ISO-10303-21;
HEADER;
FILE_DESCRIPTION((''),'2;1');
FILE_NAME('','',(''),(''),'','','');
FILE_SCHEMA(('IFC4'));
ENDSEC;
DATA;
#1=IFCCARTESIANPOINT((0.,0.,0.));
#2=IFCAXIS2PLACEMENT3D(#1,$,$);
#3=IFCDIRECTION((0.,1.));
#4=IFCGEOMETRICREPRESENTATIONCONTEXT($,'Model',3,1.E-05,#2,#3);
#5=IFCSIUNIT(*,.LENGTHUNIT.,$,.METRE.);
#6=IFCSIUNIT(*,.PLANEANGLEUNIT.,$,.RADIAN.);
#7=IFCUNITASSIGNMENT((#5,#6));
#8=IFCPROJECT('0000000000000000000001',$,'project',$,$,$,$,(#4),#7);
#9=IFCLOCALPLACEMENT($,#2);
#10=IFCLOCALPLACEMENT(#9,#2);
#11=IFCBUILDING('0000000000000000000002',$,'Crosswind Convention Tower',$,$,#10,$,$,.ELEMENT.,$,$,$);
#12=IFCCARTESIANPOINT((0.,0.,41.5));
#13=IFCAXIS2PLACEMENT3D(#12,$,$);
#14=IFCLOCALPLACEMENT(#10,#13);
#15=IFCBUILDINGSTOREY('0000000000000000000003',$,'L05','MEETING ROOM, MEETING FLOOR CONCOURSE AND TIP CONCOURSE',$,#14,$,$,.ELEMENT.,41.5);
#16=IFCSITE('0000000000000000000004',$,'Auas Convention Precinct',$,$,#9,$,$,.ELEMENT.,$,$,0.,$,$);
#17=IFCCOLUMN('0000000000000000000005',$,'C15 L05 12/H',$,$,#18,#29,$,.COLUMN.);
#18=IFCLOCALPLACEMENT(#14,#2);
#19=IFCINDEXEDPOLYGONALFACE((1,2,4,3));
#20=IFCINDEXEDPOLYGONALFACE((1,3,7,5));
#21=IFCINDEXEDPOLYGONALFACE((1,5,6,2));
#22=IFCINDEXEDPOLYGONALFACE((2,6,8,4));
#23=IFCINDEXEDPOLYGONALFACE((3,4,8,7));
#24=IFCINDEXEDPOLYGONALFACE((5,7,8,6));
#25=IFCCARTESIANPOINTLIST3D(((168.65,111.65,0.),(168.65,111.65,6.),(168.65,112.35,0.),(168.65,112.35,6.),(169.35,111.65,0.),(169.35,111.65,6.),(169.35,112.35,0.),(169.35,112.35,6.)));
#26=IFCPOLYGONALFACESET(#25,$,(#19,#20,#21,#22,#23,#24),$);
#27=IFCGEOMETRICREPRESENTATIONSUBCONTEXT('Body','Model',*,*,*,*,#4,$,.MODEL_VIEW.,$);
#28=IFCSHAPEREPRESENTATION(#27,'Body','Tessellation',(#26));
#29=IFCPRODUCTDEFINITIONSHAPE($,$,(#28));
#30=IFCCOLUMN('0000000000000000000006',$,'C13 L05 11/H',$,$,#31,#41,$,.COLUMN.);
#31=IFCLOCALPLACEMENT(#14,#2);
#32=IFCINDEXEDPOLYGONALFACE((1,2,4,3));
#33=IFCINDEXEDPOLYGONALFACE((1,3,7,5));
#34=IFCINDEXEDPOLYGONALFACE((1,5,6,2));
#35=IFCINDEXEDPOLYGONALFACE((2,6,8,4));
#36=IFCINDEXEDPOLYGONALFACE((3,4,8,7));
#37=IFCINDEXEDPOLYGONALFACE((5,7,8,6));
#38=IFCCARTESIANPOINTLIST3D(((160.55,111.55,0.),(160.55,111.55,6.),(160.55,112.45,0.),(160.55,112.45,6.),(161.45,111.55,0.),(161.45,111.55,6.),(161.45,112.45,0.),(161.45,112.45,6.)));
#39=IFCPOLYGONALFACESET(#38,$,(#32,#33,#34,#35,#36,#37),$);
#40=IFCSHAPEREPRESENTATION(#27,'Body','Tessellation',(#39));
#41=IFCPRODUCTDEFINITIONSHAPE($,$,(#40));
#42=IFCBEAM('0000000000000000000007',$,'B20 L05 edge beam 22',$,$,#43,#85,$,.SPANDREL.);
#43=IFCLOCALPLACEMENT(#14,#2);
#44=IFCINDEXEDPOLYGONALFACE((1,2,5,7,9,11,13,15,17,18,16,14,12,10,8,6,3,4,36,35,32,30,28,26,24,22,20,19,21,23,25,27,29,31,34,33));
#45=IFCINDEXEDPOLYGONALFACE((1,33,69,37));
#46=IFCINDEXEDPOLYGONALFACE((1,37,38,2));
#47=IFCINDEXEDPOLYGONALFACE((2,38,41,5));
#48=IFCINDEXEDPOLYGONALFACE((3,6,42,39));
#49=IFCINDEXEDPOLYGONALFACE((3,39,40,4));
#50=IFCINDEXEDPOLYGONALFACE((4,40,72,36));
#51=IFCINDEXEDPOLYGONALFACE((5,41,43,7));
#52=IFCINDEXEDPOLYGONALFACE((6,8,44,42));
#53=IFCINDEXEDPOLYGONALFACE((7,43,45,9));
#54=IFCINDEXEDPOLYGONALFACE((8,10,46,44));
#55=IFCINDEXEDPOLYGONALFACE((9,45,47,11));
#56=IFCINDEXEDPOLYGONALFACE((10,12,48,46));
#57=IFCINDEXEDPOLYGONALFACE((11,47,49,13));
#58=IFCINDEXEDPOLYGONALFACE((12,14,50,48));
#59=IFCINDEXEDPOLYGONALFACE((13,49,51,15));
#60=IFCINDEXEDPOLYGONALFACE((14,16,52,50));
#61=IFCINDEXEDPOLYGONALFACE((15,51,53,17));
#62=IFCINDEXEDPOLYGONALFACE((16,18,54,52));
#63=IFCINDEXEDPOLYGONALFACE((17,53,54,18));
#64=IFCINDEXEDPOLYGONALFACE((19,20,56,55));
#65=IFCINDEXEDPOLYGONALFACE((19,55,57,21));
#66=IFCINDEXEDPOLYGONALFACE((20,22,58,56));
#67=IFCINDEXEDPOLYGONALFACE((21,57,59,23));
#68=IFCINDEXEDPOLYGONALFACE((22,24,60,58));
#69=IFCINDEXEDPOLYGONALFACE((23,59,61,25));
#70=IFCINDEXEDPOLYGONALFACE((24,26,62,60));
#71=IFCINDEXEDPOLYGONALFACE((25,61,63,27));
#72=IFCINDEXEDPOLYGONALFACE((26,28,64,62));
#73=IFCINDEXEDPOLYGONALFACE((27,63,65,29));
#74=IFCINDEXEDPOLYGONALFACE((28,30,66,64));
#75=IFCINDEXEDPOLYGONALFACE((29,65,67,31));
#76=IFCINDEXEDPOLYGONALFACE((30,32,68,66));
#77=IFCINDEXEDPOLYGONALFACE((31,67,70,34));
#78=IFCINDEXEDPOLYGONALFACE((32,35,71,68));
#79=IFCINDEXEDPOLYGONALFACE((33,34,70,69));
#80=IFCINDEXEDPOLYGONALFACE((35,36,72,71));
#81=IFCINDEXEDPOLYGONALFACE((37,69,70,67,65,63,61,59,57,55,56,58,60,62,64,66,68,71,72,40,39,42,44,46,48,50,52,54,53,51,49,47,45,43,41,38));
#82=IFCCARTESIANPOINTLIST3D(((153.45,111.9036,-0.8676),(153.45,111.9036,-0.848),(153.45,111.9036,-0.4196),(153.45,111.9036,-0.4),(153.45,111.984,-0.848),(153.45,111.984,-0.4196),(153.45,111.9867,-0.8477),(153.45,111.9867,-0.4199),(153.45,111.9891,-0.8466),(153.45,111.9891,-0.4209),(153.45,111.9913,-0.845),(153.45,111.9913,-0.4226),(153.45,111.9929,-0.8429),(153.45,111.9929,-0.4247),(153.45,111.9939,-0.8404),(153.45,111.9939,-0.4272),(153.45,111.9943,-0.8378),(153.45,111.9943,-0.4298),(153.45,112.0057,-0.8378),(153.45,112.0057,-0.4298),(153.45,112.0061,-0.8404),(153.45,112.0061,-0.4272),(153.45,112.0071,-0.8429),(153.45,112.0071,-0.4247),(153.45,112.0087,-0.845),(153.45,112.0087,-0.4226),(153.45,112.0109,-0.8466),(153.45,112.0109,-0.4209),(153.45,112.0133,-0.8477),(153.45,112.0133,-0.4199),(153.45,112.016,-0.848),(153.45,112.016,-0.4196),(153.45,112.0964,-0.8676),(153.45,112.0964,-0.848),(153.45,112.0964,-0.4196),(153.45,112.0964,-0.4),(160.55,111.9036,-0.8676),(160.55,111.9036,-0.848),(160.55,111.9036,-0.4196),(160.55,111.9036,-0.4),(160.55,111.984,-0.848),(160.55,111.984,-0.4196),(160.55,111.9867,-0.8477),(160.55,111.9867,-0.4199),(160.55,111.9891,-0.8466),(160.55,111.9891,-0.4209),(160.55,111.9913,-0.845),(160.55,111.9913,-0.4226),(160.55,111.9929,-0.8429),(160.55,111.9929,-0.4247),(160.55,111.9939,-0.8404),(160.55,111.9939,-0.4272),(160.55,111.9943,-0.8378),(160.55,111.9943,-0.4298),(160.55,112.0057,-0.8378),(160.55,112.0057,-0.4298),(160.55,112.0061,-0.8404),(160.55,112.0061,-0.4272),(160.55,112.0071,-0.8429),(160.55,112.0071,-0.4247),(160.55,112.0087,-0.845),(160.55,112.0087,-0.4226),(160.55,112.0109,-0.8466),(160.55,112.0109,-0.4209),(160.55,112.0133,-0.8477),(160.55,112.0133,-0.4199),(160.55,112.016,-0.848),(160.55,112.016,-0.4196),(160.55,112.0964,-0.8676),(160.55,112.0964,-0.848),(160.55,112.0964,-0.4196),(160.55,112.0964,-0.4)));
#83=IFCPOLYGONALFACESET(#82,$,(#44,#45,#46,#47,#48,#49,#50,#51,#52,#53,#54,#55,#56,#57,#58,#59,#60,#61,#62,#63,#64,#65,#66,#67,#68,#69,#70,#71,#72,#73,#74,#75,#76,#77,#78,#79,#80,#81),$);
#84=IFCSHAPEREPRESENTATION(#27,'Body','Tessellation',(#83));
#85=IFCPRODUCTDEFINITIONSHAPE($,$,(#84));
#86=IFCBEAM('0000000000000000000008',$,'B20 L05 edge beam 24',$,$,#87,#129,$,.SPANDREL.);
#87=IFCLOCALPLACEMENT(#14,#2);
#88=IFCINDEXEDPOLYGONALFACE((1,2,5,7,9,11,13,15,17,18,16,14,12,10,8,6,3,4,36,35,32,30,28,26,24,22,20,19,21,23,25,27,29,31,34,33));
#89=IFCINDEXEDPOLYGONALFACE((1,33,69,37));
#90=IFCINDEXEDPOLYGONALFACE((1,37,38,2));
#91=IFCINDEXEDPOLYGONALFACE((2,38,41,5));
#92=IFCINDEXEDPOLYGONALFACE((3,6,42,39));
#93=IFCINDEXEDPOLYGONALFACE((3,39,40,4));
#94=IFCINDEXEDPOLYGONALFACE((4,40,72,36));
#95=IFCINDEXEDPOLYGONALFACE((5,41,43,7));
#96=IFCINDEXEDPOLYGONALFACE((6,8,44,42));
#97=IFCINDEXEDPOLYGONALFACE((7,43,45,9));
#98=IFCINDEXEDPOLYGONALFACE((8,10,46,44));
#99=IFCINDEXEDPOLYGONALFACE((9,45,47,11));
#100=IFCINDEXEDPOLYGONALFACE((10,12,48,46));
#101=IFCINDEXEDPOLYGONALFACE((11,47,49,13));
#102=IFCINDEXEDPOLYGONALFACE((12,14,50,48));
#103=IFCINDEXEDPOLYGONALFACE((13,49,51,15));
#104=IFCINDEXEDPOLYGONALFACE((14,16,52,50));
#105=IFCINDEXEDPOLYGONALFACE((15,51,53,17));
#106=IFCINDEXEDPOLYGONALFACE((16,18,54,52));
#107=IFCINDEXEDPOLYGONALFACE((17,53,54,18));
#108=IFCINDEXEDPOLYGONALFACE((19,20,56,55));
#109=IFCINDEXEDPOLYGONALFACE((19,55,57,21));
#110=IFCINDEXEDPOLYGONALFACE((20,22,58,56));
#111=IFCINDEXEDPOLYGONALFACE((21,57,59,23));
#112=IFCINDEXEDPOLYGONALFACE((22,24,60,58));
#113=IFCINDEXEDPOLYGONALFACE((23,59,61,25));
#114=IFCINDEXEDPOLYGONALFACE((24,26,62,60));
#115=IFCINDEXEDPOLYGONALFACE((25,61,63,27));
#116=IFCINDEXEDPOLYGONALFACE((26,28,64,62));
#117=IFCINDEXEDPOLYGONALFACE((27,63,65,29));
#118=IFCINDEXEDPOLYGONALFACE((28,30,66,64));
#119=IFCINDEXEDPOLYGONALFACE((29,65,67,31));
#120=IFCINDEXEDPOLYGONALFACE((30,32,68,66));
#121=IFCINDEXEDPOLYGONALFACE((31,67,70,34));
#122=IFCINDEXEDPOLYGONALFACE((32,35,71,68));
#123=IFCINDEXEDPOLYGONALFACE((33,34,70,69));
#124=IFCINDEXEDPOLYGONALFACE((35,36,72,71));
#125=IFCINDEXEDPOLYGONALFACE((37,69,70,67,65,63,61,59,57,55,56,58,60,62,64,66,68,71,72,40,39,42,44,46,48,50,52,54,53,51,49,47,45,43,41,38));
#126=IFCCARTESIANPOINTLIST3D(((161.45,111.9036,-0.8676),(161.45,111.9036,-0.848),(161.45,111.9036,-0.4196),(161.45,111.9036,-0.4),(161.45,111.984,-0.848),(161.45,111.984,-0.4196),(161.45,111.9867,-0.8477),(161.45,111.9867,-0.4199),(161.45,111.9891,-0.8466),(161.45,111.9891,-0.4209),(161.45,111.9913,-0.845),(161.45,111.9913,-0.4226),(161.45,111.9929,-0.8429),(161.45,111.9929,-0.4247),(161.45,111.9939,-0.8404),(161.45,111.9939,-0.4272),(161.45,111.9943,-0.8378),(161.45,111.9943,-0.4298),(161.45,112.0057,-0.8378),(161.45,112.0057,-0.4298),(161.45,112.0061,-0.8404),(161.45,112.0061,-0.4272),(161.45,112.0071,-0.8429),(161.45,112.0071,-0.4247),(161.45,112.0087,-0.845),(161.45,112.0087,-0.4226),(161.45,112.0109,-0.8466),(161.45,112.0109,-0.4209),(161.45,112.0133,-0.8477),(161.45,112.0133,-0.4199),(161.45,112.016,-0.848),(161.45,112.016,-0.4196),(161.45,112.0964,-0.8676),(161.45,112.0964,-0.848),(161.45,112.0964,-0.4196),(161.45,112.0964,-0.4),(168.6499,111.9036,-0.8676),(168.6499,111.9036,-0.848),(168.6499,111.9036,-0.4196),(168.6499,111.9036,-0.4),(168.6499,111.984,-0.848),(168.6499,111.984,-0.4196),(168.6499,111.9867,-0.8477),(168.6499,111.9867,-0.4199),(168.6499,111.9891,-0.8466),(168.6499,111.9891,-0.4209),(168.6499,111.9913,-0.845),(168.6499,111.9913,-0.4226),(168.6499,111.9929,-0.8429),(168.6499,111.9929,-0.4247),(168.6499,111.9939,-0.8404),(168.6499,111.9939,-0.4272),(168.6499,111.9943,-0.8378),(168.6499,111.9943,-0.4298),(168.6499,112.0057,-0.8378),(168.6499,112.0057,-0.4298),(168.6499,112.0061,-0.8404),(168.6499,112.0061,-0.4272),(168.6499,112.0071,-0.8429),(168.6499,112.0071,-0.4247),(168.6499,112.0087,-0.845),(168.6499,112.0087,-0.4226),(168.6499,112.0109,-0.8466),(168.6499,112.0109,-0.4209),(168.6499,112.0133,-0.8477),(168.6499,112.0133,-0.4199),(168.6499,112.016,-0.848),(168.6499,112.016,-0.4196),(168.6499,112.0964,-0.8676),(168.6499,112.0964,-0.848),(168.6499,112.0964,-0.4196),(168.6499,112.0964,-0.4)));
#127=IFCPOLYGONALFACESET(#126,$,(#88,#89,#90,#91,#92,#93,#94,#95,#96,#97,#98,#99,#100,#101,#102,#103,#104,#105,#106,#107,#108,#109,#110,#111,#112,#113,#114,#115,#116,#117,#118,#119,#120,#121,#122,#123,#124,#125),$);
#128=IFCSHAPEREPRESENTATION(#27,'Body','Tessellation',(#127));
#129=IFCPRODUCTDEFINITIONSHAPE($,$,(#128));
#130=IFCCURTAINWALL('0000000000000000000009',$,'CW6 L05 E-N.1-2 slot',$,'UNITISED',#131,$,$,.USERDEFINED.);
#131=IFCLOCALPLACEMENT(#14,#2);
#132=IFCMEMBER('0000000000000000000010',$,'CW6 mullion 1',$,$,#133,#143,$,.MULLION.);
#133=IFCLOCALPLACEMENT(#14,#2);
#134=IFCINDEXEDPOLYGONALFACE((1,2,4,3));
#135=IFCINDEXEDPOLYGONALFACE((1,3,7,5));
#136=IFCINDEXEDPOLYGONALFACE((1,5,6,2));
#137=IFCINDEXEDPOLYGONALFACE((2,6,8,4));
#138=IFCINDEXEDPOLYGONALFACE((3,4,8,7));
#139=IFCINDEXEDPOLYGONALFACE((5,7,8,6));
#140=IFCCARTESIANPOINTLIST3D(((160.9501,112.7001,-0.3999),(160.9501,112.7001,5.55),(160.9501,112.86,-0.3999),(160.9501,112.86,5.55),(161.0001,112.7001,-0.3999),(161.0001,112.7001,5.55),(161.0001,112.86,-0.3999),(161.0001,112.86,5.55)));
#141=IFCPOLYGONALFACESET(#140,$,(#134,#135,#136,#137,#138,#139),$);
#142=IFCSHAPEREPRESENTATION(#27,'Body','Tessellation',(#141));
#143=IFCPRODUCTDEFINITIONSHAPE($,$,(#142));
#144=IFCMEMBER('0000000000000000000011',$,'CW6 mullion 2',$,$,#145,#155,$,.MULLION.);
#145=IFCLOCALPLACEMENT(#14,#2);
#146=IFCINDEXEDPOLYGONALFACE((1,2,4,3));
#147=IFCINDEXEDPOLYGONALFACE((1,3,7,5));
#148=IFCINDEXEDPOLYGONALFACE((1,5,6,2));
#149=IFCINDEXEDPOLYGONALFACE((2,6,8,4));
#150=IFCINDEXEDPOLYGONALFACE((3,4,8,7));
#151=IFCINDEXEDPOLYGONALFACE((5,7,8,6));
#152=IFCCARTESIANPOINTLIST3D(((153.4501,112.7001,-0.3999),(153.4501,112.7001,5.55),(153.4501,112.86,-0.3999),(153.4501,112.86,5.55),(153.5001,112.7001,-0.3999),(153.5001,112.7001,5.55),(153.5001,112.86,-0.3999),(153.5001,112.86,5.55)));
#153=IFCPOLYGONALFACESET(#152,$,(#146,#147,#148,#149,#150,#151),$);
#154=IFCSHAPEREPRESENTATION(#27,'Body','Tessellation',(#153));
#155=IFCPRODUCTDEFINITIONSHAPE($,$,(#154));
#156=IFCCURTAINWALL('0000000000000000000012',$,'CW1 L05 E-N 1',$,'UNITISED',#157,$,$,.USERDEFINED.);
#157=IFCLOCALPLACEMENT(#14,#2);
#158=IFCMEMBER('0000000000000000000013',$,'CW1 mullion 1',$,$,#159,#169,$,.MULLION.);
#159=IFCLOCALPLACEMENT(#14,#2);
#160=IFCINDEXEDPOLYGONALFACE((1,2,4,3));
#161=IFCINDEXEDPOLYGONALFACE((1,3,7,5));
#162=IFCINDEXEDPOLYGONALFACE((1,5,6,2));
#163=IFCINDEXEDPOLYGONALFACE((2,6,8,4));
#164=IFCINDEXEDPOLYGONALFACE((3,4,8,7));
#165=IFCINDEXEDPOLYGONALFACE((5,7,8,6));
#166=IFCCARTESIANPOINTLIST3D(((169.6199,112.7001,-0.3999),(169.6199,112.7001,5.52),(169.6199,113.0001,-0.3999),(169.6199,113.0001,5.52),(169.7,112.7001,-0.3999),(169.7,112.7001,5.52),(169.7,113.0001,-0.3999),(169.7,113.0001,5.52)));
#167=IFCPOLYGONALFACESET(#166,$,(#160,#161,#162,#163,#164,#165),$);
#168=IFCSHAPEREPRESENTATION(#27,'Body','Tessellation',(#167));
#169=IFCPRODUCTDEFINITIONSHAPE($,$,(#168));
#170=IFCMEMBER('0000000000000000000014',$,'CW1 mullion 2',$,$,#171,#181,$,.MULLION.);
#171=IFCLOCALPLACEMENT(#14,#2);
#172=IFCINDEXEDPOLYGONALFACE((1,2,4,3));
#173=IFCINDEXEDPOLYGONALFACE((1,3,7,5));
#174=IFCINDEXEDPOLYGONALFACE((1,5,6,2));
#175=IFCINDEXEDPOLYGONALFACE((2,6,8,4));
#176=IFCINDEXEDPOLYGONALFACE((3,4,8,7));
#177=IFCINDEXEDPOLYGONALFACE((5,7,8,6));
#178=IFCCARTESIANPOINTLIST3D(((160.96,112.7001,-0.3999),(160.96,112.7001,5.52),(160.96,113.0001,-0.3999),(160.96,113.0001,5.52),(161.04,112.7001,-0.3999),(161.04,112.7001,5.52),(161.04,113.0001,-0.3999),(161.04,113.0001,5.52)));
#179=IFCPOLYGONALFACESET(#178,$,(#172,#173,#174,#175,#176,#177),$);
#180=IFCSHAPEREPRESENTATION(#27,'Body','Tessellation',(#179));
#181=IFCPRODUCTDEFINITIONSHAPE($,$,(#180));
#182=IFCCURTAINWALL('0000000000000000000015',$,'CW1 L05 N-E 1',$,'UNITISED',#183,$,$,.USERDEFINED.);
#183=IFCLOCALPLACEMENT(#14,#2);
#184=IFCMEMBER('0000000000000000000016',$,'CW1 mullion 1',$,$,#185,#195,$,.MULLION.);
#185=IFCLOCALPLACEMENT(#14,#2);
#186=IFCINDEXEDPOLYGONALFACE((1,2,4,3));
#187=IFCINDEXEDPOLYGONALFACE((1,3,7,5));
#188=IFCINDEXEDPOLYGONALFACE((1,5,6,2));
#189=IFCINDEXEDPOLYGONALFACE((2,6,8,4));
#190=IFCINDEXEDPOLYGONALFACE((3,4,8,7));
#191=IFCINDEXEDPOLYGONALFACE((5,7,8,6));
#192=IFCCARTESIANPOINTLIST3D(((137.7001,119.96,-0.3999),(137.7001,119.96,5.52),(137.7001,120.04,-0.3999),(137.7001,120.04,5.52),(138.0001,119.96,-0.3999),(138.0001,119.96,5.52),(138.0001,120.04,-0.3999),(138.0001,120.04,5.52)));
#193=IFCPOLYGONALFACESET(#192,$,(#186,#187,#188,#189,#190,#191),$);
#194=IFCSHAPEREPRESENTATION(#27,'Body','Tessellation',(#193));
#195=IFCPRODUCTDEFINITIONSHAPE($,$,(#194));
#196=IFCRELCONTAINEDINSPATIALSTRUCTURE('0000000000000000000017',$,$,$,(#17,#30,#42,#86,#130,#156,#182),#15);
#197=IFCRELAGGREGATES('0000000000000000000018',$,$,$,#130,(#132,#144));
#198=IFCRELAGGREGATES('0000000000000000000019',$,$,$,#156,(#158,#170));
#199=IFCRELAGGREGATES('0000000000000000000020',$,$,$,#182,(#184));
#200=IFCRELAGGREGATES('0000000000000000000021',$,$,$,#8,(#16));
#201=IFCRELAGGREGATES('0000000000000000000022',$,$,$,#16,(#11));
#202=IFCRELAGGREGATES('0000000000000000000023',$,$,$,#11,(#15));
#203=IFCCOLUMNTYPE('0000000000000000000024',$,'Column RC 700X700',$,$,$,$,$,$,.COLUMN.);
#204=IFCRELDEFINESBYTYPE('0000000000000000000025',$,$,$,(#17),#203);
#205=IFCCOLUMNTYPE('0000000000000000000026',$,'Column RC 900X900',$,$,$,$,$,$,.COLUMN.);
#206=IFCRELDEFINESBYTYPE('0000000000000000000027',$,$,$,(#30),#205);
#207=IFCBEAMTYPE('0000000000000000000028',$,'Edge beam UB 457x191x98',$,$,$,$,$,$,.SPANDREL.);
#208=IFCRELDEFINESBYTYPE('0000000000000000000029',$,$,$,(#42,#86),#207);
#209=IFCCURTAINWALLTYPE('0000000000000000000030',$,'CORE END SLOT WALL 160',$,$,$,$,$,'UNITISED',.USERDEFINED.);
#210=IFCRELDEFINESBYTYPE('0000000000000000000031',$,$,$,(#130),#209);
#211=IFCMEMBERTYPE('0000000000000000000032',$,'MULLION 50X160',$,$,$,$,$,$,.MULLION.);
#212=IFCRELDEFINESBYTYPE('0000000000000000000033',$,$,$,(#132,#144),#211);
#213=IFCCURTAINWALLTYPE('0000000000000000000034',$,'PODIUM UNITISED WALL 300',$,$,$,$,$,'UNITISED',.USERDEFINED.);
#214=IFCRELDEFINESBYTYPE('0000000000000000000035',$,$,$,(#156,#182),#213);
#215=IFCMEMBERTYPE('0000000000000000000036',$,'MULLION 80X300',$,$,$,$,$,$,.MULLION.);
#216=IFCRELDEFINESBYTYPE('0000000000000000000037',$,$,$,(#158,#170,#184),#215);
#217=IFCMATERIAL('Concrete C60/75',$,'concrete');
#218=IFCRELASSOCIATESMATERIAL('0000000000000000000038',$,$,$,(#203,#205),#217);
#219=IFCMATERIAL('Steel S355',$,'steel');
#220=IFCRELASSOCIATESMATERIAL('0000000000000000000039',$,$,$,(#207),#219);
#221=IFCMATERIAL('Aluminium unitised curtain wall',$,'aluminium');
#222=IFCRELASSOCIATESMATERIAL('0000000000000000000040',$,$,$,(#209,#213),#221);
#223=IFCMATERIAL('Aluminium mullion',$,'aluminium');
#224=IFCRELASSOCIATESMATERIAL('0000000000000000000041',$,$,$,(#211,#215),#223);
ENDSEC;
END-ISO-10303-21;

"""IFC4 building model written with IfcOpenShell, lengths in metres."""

from ifc_helpers import new_model, si_unit, direction, frame, origin, origin_2d, place, context, subcontext, project, spatial, rectangle, i_section, extrude, material, material_profile, profile_set, type_object, element, aggregate, save


model = new_model("IFC4")

# Units and contexts
model_context = context("Model", 3, precision=1e-05, world=origin(), true_north=direction((0.0, 1.0)))
body_context = subcontext(model_context, "Body", "Model", "MODEL_VIEW")
ifc_project = project(units=[si_unit("LENGTHUNIT", "METRE"), si_unit("PLANEANGLEUNIT", "RADIAN")], contexts=[model_context])

# Site, building, storey
site_placement = place(None, origin())
site = spatial("IfcSite", under=ifc_project, at=site_placement, Name="Auas Convention Precinct", CompositionType="ELEMENT", RefElevation=0.0)
building_placement = place(site_placement, origin())
building = spatial("IfcBuilding", under=site, at=building_placement, Name="Crosswind Convention Tower", CompositionType="ELEMENT")
storey_placement = place(building_placement, frame((0.0, 0.0, 41.5)))
storey = spatial("IfcBuildingStorey", under=building, at=storey_placement, Name="L05", Description="MEETING ROOM, MEETING FLOOR CONCOURSE AND TIP CONCOURSE", CompositionType="ELEMENT", Elevation=41.5)

# Columns
ifc_material_1 = material(Name="Concrete C60/75", Category="concrete")
ifc_material_profile_1 = material_profile(ifc_material_1, rectangle(XDim=0.7, YDim=0.7, at=origin_2d()), Name="RC 700X700")
ifc_profile_set_1 = profile_set([ifc_material_profile_1], Name="Concrete C60/75")
column_type_1 = type_object("IfcColumnType", Name="Column RC 700X700", PredefinedType="COLUMN", material=ifc_profile_set_1)
column_1_placement = place(storey_placement, frame((169.0, 112.0, 0.0), z_axis=(0.0, 0.0, 1.0), x_axis=(1.0, 0.0, 0.0)))
element("IfcColumn", 1, at=column_1_placement, inside=storey, type_object=column_type_1, Name="C15 L05 12/H", PredefinedType="COLUMN", context=body_context, shape_type="SweptSolid", body=[
    extrude(rectangle(XDim=0.7, YDim=0.7, at=origin_2d()), origin(), (0.0, 0.0, 1.0), 6.0),
])
ifc_material_profile_2 = material_profile(ifc_material_1, rectangle(XDim=0.8999, YDim=0.8999, at=origin_2d()), Name="RC 900X900")
ifc_profile_set_2 = profile_set([ifc_material_profile_2], Name="Concrete C60/75")
column_type_2 = type_object("IfcColumnType", Name="Column RC 900X900", PredefinedType="COLUMN", material=ifc_profile_set_2)
column_2_placement = place(storey_placement, frame((161.0, 112.0, 0.0), z_axis=(0.0, 0.0, 1.0), x_axis=(1.0, 0.0, 0.0)))
element("IfcColumn", 2, at=column_2_placement, inside=storey, type_object=column_type_2, Name="C13 L05 11/H", PredefinedType="COLUMN", context=body_context, shape_type="SweptSolid", body=[
    extrude(rectangle(XDim=0.8999, YDim=0.8999, at=origin_2d()), origin(), (0.0, 0.0, 1.0), 6.0),
])

# Beams
ifc_material_2 = material(Name="Steel S355", Category="steel")
ifc_material_profile_3 = material_profile(ifc_material_2, i_section(OverallWidth=0.1929, OverallDepth=0.4675, WebThickness=0.0115, FlangeThickness=0.0195, FilletRadius=0.0103, at=origin_2d()), Name="UB 457x191x98")
ifc_profile_set_3 = profile_set([ifc_material_profile_3], Name="Steel S355")
beam_type_1 = type_object("IfcBeamType", Name="Edge beam UB 457x191x98", PredefinedType="SPANDREL", material=ifc_profile_set_3)
beam_1_placement = place(storey_placement, frame((153.45, 112.0, -0.6338), z_axis=(1.0, 0.0, 0.0), x_axis=(0.0, 1.0, 0.0)))
element("IfcBeam", 3, at=beam_1_placement, inside=storey, type_object=beam_type_1, Name="B20 L05 edge beam 22", PredefinedType="SPANDREL", context=body_context, shape_type="SweptSolid", body=[
    extrude(i_section(OverallWidth=0.1929, OverallDepth=0.4675, WebThickness=0.0115, FlangeThickness=0.0195, FilletRadius=0.0103, at=origin_2d()), origin(), (0.0, 0.0, 1.0), 7.1001),
])
beam_2_placement = place(storey_placement, frame((161.45, 112.0, -0.6338), z_axis=(1.0, 0.0, 0.0), x_axis=(0.0, 1.0, 0.0)))
element("IfcBeam", 4, at=beam_2_placement, inside=storey, type_object=beam_type_1, Name="B20 L05 edge beam 24", PredefinedType="SPANDREL", context=body_context, shape_type="SweptSolid", body=[
    extrude(i_section(OverallWidth=0.1929, OverallDepth=0.4675, WebThickness=0.0115, FlangeThickness=0.0195, FilletRadius=0.0103, at=origin_2d()), origin(), (0.0, 0.0, 1.0), 7.2),
])

# Curtain walls, members
ifc_material_3 = material(Name="Aluminium unitised curtain wall", Category="aluminium")
curtain_wall_type_1 = type_object("IfcCurtainWallType", Name="CORE END SLOT WALL 160", ElementType="UNITISED", PredefinedType="USERDEFINED", material=ifc_material_3)
curtain_wall_1_placement = place(storey_placement, origin())
curtain_wall_1 = element("IfcCurtainWall", 5, at=curtain_wall_1_placement, inside=storey, type_object=curtain_wall_type_1, Name="CW6 L05 E-N.1-2 slot", ObjectType="UNITISED", PredefinedType="USERDEFINED")
ifc_material_4 = material(Name="Aluminium mullion", Category="aluminium")
ifc_material_profile_4 = material_profile(ifc_material_4, rectangle(XDim=0.1599, YDim=0.05, at=origin_2d()), Name="AL 160X50")
ifc_profile_set_4 = profile_set([ifc_material_profile_4], Name="Aluminium mullion")
member_type_1 = type_object("IfcMemberType", Name="MULLION 50X160", PredefinedType="MULLION", material=ifc_profile_set_4)
member_1_placement = place(storey_placement, frame((160.9751, 112.78, -0.3999), z_axis=(0.0, 0.0, 1.0), x_axis=(0.0, 1.0, 0.0)))
member_1 = element("IfcMember", 6, at=member_1_placement, type_object=member_type_1, Name="CW6 mullion 1", PredefinedType="MULLION", context=body_context, shape_type="SweptSolid", body=[
    extrude(rectangle(XDim=0.1599, YDim=0.05, at=origin_2d()), origin(), (0.0, 0.0, 1.0), 5.95),
])
member_2_placement = place(storey_placement, frame((153.4751, 112.78, -0.3999), z_axis=(0.0, 0.0, 1.0), x_axis=(0.0, 1.0, 0.0)))
member_2 = element("IfcMember", 7, at=member_2_placement, type_object=member_type_1, Name="CW6 mullion 2", PredefinedType="MULLION", context=body_context, shape_type="SweptSolid", body=[
    extrude(rectangle(XDim=0.1599, YDim=0.05, at=origin_2d()), origin(), (0.0, 0.0, 1.0), 5.95),
])
curtain_wall_type_2 = type_object("IfcCurtainWallType", Name="PODIUM UNITISED WALL 300", ElementType="UNITISED", PredefinedType="USERDEFINED", material=ifc_material_3)
curtain_wall_2_placement = place(storey_placement, origin())
curtain_wall_2 = element("IfcCurtainWall", 8, at=curtain_wall_2_placement, inside=storey, type_object=curtain_wall_type_2, Name="CW1 L05 E-N 1", ObjectType="UNITISED", PredefinedType="USERDEFINED")
ifc_material_profile_5 = material_profile(ifc_material_4, rectangle(XDim=0.3, YDim=0.0801, at=origin_2d()), Name="AL 300X80")
ifc_profile_set_5 = profile_set([ifc_material_profile_5], Name="Aluminium mullion")
member_type_2 = type_object("IfcMemberType", Name="MULLION 80X300", PredefinedType="MULLION", material=ifc_profile_set_5)
member_3_placement = place(storey_placement, frame((169.6599, 112.8501, -0.3999), z_axis=(0.0, 0.0, 1.0), x_axis=(0.0, 1.0, 0.0)))
member_3 = element("IfcMember", 9, at=member_3_placement, type_object=member_type_2, Name="CW1 mullion 1", PredefinedType="MULLION", context=body_context, shape_type="SweptSolid", body=[
    extrude(rectangle(XDim=0.3, YDim=0.0801, at=origin_2d()), origin(), (0.0, 0.0, 1.0), 5.9199),
])
member_4_placement = place(storey_placement, frame((161.0, 112.8501, -0.3999), z_axis=(0.0, 0.0, 1.0), x_axis=(0.0, 1.0, 0.0)))
member_4 = element("IfcMember", 10, at=member_4_placement, type_object=member_type_2, Name="CW1 mullion 2", PredefinedType="MULLION", context=body_context, shape_type="SweptSolid", body=[
    extrude(rectangle(XDim=0.3, YDim=0.0801, at=origin_2d()), origin(), (0.0, 0.0, 1.0), 5.9199),
])
curtain_wall_3_placement = place(storey_placement, origin())
curtain_wall_3 = element("IfcCurtainWall", 11, at=curtain_wall_3_placement, inside=storey, type_object=curtain_wall_type_2, Name="CW1 L05 N-E 1", ObjectType="UNITISED", PredefinedType="USERDEFINED")
member_5_placement = place(storey_placement, frame((137.8501, 120.0, -0.3999), z_axis=(0.0, 0.0, 1.0), x_axis=(1.0, 0.0, 0.0)))
member_5 = element("IfcMember", 12, at=member_5_placement, type_object=member_type_2, Name="CW1 mullion 1", PredefinedType="MULLION", context=body_context, shape_type="SweptSolid", body=[
    extrude(rectangle(XDim=0.3, YDim=0.0801, at=origin_2d()), origin(), (0.0, 0.0, 1.0), 5.9199),
])

aggregate(curtain_wall_1, [member_1, member_2])

aggregate(curtain_wall_2, [member_3, member_4])
aggregate(curtain_wall_3, [member_5])

save(model, "model.ifc")
